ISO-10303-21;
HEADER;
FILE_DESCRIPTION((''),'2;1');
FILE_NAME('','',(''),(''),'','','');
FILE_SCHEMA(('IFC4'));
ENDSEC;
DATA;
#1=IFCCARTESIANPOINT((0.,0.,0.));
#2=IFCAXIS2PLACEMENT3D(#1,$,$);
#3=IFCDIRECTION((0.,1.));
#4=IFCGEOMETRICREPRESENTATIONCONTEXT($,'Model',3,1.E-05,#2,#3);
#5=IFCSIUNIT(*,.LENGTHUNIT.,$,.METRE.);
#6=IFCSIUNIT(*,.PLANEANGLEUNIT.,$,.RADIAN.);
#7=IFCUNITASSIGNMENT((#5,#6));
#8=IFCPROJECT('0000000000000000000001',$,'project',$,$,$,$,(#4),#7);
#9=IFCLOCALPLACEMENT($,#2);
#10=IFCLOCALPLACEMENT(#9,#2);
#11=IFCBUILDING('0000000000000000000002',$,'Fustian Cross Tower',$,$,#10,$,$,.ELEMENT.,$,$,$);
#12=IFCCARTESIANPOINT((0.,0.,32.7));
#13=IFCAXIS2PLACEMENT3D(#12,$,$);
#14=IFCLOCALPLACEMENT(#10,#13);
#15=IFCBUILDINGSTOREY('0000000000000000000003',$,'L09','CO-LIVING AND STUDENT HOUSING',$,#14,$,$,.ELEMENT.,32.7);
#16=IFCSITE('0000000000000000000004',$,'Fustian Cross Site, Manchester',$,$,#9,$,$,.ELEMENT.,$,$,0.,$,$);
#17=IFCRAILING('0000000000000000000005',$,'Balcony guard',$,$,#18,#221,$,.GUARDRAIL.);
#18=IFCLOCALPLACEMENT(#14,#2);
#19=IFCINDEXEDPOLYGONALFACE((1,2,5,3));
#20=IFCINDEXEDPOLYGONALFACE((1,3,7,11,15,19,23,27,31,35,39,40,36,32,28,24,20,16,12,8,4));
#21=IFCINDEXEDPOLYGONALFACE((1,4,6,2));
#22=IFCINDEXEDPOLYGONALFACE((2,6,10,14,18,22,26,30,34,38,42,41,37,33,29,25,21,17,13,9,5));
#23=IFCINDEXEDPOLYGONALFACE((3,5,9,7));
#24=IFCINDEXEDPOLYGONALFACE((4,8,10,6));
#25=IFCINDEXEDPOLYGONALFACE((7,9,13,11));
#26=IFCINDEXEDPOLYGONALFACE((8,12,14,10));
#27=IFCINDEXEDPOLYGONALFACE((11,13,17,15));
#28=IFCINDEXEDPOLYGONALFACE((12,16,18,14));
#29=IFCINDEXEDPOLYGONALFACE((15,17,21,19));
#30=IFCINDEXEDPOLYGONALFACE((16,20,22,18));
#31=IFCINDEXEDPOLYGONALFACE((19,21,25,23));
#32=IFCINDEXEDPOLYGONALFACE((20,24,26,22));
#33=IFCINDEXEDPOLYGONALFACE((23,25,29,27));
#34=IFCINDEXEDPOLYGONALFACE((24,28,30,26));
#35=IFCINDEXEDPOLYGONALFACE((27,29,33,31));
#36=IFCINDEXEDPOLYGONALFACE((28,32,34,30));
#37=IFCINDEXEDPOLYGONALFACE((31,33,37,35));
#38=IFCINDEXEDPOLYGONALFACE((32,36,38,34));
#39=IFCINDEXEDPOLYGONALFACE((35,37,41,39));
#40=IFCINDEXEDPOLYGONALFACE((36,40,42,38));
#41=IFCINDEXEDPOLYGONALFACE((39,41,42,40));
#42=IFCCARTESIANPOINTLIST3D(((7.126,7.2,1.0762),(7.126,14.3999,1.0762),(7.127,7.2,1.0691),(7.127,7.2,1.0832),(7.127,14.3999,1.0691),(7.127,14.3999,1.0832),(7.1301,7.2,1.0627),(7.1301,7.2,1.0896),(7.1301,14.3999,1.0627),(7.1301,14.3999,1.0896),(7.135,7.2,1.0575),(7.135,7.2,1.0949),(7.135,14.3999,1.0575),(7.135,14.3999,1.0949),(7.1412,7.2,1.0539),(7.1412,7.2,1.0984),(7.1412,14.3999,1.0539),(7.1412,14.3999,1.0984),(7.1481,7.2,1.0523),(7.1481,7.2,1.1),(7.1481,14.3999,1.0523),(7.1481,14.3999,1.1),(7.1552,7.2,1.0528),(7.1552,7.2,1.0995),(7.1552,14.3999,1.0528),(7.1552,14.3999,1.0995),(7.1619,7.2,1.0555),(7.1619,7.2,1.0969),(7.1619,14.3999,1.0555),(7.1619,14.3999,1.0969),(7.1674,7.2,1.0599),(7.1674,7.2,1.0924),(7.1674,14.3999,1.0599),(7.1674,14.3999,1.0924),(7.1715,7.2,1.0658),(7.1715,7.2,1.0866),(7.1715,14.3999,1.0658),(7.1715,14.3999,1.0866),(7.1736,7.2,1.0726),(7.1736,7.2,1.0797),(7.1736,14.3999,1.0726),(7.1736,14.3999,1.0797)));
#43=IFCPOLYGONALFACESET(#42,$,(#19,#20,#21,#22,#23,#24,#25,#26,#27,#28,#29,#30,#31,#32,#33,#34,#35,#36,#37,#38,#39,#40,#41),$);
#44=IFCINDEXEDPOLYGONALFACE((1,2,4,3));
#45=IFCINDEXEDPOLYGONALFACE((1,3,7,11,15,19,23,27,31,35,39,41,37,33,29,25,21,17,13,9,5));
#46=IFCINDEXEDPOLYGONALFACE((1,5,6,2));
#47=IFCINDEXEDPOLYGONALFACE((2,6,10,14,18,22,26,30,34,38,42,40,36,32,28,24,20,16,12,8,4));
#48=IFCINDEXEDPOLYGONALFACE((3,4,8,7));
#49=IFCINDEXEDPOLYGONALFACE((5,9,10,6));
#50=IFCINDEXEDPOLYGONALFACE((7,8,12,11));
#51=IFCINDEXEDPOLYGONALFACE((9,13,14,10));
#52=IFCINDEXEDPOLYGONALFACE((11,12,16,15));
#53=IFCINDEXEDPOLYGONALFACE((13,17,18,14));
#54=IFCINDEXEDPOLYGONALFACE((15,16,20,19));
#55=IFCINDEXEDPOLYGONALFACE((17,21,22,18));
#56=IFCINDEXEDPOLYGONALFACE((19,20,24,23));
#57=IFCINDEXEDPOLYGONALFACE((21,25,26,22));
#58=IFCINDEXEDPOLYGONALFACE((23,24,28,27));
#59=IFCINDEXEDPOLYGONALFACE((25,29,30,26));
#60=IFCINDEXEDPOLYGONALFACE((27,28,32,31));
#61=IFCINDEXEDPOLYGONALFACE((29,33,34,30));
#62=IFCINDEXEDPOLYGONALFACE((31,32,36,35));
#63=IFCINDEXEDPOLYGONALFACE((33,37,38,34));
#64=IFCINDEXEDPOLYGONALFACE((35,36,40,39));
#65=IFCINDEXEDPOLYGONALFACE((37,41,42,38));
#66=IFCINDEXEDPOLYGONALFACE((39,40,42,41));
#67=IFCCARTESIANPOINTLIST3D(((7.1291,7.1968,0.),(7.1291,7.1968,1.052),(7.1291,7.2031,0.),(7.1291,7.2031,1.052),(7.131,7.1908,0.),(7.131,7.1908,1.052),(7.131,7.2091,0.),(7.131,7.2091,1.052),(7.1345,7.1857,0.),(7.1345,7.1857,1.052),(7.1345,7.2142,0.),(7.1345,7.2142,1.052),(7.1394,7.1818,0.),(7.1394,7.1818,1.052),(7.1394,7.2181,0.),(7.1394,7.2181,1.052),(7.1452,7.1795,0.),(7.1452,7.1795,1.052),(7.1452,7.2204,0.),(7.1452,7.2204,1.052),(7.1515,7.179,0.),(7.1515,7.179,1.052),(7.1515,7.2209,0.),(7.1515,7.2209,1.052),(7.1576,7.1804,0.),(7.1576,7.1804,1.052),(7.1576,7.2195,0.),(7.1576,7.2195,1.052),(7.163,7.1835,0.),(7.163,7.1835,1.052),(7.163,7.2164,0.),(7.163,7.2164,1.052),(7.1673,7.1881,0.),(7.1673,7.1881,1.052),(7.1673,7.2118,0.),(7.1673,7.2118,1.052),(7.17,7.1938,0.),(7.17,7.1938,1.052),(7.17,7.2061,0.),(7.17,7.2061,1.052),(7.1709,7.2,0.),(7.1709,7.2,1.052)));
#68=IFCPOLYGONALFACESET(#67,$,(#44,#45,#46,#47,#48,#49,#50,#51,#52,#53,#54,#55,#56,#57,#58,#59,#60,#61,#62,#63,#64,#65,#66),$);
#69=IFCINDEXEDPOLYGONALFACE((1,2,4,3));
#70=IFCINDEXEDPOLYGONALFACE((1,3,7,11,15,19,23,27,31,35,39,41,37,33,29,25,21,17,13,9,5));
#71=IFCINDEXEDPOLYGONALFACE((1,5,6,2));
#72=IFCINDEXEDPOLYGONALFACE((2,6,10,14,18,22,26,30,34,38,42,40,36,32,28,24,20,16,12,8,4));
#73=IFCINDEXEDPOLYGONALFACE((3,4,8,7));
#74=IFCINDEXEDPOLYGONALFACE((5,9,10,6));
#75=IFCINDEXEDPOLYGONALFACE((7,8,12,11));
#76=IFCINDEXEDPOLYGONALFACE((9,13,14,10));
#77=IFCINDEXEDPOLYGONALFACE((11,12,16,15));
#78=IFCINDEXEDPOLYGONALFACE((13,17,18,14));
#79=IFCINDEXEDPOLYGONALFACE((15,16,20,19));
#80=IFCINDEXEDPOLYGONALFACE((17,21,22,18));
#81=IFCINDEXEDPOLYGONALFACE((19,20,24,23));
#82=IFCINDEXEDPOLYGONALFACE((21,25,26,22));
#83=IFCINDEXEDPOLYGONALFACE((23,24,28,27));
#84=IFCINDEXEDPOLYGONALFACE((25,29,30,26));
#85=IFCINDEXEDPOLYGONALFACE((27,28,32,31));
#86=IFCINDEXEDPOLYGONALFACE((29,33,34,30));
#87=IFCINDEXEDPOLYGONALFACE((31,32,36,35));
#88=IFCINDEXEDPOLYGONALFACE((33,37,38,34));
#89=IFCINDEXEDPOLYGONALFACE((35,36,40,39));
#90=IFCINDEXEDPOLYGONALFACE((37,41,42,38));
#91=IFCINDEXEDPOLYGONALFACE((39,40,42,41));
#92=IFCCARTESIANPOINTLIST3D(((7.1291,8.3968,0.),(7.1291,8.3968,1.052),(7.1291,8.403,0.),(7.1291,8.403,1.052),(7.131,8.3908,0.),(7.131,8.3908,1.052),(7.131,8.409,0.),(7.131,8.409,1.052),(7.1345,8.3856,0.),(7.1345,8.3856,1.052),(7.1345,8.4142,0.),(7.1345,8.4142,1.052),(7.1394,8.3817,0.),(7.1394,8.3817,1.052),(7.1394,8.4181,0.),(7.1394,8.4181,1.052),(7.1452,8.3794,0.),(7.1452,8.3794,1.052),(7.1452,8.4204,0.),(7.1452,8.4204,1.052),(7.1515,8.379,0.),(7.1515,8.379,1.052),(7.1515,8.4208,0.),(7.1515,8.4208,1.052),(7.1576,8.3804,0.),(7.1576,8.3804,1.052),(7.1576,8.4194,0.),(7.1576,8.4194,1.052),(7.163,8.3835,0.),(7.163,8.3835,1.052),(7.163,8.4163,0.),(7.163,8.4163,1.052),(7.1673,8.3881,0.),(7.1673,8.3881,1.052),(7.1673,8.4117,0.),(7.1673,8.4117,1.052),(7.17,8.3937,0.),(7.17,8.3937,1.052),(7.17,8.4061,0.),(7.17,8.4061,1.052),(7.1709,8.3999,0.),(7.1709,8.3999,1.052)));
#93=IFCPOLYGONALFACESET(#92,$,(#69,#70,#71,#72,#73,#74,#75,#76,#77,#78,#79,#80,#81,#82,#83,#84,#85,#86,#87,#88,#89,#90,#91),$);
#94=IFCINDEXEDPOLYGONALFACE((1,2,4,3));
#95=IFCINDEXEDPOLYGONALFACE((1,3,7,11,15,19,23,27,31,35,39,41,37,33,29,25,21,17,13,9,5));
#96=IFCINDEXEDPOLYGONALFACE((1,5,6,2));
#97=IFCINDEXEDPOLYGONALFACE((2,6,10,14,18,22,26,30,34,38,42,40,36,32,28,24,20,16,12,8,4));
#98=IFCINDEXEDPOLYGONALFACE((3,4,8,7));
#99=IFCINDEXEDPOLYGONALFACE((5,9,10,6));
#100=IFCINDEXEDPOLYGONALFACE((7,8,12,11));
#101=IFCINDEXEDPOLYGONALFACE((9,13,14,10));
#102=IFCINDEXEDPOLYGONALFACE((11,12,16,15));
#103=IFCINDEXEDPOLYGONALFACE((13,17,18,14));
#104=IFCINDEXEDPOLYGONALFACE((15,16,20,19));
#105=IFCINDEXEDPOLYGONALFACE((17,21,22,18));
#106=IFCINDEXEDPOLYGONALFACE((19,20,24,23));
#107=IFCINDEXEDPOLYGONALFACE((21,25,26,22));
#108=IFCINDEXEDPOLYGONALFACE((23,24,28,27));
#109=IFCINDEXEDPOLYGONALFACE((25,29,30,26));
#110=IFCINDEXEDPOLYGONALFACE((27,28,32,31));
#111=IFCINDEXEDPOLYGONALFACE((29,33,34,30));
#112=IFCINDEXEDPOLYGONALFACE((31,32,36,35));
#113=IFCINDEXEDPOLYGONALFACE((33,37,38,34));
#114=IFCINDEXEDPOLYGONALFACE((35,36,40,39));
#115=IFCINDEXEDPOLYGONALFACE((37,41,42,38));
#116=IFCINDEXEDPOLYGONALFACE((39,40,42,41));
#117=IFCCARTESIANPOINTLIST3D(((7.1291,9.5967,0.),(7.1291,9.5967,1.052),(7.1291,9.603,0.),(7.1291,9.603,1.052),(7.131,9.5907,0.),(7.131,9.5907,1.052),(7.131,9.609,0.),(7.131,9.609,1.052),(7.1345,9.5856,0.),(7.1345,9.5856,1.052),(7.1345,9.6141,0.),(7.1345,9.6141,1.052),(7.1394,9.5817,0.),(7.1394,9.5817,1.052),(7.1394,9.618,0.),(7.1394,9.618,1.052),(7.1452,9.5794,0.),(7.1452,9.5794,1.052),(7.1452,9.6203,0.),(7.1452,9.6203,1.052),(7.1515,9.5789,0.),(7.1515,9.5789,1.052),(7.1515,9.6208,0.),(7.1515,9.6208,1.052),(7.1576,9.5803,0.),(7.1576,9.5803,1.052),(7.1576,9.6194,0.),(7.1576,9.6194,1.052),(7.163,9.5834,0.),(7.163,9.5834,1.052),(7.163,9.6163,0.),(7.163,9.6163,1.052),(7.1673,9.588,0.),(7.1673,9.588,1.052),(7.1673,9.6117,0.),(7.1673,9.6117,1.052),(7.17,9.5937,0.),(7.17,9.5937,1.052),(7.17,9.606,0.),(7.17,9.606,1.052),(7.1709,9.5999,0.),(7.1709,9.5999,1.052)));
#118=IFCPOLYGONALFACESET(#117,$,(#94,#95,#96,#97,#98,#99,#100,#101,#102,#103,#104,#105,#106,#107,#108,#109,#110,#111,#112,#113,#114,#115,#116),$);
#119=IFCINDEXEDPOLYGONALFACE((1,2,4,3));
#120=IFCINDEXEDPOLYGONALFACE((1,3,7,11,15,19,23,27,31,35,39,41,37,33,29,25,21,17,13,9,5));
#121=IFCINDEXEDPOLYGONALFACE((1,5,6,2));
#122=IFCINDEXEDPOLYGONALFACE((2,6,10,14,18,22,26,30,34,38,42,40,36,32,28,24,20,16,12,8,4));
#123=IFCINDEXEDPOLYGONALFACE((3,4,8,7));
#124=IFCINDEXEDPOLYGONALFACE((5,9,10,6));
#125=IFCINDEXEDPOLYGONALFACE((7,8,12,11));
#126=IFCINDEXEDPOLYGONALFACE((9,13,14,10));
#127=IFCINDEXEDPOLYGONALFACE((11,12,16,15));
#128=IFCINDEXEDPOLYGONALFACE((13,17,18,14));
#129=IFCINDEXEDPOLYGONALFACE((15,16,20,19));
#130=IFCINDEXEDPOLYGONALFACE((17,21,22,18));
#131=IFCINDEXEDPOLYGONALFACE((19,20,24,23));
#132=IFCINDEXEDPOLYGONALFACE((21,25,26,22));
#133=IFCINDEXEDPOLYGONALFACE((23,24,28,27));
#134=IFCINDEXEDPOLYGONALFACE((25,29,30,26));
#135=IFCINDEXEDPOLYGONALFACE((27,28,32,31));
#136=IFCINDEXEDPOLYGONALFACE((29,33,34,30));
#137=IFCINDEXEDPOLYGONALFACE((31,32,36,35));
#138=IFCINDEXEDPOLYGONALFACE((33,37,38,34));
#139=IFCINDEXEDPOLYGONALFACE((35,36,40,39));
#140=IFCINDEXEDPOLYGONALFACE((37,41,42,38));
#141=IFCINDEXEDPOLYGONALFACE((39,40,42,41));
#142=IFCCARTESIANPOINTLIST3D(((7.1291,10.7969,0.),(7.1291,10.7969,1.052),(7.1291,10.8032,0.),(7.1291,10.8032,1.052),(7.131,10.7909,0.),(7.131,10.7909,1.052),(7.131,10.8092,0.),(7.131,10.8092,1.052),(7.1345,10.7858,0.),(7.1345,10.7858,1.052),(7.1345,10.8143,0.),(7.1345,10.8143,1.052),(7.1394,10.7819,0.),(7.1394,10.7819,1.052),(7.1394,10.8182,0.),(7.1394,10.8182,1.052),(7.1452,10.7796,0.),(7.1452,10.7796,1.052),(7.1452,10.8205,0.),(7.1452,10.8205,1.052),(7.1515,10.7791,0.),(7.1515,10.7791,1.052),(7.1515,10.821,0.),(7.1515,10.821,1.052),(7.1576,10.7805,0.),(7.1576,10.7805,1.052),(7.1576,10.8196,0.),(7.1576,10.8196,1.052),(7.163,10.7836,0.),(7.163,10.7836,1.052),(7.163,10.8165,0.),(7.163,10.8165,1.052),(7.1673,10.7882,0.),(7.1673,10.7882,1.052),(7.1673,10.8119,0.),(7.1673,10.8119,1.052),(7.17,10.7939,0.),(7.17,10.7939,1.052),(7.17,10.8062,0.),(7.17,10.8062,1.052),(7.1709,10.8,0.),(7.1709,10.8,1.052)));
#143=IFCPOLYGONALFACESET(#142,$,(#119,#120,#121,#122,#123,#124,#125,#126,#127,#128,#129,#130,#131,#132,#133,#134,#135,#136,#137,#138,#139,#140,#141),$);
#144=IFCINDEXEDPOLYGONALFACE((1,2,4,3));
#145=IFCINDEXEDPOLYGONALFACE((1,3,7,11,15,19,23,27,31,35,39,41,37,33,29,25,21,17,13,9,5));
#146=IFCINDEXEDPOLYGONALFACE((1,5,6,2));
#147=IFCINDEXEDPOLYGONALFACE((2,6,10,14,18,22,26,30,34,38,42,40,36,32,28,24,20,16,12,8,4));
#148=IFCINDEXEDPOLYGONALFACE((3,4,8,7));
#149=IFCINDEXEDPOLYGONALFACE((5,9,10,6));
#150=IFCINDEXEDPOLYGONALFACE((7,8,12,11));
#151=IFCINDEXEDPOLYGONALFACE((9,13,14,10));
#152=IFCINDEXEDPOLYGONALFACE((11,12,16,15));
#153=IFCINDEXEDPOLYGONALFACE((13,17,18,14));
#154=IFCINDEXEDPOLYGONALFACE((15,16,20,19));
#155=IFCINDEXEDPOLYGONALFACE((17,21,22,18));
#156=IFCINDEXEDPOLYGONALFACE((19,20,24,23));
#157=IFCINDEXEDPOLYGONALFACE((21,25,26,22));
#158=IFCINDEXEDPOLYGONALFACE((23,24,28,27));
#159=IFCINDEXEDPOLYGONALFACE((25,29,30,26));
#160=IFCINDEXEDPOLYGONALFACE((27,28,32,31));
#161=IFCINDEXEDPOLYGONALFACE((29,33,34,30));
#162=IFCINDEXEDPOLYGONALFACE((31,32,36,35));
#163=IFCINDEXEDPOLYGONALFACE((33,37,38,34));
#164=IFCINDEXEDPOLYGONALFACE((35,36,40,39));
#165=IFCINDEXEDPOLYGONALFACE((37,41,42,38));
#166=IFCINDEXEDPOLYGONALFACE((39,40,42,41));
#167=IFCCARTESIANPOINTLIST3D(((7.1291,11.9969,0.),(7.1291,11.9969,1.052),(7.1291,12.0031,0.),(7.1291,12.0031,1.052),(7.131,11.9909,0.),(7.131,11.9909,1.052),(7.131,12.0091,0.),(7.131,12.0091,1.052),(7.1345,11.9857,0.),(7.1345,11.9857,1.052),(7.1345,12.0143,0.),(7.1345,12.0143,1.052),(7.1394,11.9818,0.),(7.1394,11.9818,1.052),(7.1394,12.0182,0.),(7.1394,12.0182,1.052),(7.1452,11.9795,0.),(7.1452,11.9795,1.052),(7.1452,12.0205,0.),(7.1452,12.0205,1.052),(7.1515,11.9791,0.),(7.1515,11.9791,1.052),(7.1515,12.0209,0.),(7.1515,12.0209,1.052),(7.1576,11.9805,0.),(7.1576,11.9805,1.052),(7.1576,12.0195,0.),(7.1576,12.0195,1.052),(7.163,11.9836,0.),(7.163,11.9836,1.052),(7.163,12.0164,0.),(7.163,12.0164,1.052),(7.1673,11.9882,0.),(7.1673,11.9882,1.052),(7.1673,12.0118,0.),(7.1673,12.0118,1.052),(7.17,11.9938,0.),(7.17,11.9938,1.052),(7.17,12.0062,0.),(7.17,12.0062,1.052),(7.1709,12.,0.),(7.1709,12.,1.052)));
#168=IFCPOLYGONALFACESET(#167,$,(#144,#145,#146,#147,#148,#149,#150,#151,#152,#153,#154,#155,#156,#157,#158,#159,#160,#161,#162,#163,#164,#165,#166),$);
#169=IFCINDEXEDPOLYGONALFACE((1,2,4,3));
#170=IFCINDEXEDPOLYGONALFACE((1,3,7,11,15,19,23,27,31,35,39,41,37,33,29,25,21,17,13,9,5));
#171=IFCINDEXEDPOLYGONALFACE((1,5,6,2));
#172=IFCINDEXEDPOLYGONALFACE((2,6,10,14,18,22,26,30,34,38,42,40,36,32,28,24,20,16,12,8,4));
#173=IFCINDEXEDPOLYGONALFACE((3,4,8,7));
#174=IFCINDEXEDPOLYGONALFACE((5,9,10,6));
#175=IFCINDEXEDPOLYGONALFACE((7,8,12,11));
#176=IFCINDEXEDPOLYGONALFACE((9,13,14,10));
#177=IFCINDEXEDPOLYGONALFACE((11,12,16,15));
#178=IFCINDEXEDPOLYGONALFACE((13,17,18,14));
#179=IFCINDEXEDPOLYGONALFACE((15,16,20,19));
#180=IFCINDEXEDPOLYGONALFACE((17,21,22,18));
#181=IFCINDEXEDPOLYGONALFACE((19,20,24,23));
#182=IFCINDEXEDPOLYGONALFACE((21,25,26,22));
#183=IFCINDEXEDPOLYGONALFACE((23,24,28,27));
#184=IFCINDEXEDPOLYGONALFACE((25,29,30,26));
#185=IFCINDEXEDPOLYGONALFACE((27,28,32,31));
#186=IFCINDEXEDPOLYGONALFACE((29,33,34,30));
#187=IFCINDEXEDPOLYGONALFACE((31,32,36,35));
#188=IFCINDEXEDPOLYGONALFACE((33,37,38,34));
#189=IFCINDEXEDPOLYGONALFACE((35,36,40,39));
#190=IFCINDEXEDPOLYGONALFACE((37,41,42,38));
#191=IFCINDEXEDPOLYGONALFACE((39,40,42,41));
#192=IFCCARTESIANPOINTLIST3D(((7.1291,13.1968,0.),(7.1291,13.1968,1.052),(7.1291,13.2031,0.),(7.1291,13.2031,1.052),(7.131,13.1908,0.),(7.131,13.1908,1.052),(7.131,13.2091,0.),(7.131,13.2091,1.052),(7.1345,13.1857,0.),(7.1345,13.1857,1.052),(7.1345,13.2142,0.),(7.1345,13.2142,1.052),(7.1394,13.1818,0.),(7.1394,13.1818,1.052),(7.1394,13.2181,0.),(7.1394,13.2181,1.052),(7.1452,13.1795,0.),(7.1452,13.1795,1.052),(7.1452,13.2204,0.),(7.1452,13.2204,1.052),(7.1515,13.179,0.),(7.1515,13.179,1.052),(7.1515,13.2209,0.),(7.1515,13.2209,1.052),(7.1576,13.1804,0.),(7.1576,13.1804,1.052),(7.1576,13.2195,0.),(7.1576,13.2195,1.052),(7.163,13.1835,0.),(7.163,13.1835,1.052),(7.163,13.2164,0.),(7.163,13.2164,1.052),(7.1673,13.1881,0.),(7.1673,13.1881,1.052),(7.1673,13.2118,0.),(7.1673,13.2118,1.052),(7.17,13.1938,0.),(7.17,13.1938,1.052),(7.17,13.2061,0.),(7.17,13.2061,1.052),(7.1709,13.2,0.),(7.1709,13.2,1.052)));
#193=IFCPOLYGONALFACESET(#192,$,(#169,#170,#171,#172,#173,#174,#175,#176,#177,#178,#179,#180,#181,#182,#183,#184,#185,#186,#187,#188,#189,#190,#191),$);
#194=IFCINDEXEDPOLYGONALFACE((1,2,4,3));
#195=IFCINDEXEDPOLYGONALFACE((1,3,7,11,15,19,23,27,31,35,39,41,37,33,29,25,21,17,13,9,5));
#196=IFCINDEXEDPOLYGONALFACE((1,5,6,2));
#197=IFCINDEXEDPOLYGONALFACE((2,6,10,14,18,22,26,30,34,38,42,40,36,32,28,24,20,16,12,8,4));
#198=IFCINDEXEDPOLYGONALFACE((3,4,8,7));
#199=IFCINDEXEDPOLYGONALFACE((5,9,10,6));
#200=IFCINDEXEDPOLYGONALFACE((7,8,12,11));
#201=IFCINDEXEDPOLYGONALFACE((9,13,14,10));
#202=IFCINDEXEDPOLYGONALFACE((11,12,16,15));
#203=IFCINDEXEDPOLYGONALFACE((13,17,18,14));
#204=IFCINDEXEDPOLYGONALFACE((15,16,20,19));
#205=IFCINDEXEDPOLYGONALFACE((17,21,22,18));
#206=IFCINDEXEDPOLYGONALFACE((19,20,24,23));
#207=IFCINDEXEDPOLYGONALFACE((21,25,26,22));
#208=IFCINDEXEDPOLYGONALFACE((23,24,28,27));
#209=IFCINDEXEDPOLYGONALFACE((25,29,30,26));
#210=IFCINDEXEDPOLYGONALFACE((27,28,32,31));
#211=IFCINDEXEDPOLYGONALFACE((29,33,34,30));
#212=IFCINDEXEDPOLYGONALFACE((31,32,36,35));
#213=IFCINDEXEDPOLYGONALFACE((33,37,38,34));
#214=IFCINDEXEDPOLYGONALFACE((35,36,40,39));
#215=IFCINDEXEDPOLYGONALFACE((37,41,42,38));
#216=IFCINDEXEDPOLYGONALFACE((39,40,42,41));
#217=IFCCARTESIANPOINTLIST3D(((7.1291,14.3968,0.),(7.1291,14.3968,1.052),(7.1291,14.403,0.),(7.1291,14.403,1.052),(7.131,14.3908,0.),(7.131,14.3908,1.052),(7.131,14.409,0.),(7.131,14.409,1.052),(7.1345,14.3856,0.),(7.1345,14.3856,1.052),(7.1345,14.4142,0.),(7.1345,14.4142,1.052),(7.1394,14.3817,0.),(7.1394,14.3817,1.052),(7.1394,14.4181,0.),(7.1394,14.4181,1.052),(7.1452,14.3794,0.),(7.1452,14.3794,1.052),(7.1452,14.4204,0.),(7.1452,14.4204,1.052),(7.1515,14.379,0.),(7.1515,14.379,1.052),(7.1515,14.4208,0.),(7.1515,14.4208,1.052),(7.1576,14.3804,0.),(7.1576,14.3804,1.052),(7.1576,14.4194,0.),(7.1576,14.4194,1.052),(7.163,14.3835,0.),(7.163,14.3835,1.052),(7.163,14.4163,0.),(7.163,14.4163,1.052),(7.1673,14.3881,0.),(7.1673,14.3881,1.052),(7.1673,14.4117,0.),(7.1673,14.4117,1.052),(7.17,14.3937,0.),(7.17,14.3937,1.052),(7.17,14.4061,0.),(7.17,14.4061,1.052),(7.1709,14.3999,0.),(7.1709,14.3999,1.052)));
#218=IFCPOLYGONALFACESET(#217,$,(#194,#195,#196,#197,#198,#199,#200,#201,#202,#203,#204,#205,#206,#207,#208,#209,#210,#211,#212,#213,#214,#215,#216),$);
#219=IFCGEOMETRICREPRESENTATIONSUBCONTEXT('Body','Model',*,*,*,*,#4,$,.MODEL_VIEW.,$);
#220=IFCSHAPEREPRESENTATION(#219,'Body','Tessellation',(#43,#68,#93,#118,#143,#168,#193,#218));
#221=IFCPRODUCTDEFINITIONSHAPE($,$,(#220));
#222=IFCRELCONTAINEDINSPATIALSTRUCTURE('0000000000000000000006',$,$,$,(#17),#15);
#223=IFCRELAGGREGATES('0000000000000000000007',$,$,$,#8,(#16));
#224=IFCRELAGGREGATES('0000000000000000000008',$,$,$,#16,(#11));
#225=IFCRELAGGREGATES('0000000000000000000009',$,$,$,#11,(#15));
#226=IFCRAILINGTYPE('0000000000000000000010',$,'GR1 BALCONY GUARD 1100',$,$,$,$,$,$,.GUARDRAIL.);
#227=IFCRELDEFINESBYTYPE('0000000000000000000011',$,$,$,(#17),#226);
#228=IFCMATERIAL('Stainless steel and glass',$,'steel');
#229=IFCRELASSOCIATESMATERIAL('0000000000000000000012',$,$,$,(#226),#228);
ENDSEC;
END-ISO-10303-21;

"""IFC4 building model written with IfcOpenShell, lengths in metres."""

from ifc_helpers import new_model, si_unit, direction, frame, origin, origin_2d, place, context, subcontext, project, spatial, circle, extrude, material, type_object, element, save


model = new_model("IFC4")

# Units and contexts
model_context = context("Model", 3, precision=1e-05, world=origin(), true_north=direction((0.0, 1.0)))
body_context = subcontext(model_context, "Body", "Model", "MODEL_VIEW")
ifc_project = project(units=[si_unit("LENGTHUNIT", "METRE"), si_unit("PLANEANGLEUNIT", "RADIAN")], contexts=[model_context])

# Site, building, storey
site_placement = place(None, origin())
site = spatial("IfcSite", under=ifc_project, at=site_placement, Name="Fustian Cross Site, Manchester", CompositionType="ELEMENT", RefElevation=0.0)
building_placement = place(site_placement, origin())
building = spatial("IfcBuilding", under=site, at=building_placement, Name="Fustian Cross Tower", CompositionType="ELEMENT")
storey_placement = place(building_placement, frame((0.0, 0.0, 32.7)))
storey = spatial("IfcBuildingStorey", under=building, at=storey_placement, Name="L09", Description="CO-LIVING AND STUDENT HOUSING", CompositionType="ELEMENT", Elevation=32.7)

# Railing
ifc_material_1 = material(Name="Stainless steel and glass", Category="steel")
railing_type = type_object("IfcRailingType", Name="GR1 BALCONY GUARD 1100", PredefinedType="GUARDRAIL", material=ifc_material_1)
railing_placement = place(storey_placement, frame((7.1499, 7.2, 0.0)))
element("IfcRailing", 1, at=railing_placement, inside=storey, type_object=railing_type, Name="Balcony guard", PredefinedType="GUARDRAIL", context=body_context, shape_type="SweptSolid", body=[
    extrude(circle(Radius=0.0239, at=origin_2d()), frame((0.0, 0.0, 1.0762), z_axis=(0.0, 1.0, 0.0), x_axis=(-1.0, 0.0, 0.0)), (0.0, 0.0, 1.0), 7.2),
    extrude(circle(Radius=0.021, at=origin_2d()), origin(), (0.0, 0.0, 1.0), 1.052),
    extrude(circle(Radius=0.021, at=origin_2d()), frame((0.0, 1.2, 0.0)), (0.0, 0.0, 1.0), 1.052),
    extrude(circle(Radius=0.021, at=origin_2d()), frame((0.0, 2.3999, 0.0)), (0.0, 0.0, 1.0), 1.052),
    extrude(circle(Radius=0.021, at=origin_2d()), frame((0.0, 3.6001, 0.0)), (0.0, 0.0, 1.0), 1.052),
    extrude(circle(Radius=0.021, at=origin_2d()), frame((0.0, 4.8, 0.0)), (0.0, 0.0, 1.0), 1.052),
    extrude(circle(Radius=0.021, at=origin_2d()), frame((0.0, 6.0, 0.0)), (0.0, 0.0, 1.0), 1.052),
    extrude(circle(Radius=0.021, at=origin_2d()), frame((0.0, 7.2, 0.0)), (0.0, 0.0, 1.0), 1.052),
])

save(model, "model.ifc")
